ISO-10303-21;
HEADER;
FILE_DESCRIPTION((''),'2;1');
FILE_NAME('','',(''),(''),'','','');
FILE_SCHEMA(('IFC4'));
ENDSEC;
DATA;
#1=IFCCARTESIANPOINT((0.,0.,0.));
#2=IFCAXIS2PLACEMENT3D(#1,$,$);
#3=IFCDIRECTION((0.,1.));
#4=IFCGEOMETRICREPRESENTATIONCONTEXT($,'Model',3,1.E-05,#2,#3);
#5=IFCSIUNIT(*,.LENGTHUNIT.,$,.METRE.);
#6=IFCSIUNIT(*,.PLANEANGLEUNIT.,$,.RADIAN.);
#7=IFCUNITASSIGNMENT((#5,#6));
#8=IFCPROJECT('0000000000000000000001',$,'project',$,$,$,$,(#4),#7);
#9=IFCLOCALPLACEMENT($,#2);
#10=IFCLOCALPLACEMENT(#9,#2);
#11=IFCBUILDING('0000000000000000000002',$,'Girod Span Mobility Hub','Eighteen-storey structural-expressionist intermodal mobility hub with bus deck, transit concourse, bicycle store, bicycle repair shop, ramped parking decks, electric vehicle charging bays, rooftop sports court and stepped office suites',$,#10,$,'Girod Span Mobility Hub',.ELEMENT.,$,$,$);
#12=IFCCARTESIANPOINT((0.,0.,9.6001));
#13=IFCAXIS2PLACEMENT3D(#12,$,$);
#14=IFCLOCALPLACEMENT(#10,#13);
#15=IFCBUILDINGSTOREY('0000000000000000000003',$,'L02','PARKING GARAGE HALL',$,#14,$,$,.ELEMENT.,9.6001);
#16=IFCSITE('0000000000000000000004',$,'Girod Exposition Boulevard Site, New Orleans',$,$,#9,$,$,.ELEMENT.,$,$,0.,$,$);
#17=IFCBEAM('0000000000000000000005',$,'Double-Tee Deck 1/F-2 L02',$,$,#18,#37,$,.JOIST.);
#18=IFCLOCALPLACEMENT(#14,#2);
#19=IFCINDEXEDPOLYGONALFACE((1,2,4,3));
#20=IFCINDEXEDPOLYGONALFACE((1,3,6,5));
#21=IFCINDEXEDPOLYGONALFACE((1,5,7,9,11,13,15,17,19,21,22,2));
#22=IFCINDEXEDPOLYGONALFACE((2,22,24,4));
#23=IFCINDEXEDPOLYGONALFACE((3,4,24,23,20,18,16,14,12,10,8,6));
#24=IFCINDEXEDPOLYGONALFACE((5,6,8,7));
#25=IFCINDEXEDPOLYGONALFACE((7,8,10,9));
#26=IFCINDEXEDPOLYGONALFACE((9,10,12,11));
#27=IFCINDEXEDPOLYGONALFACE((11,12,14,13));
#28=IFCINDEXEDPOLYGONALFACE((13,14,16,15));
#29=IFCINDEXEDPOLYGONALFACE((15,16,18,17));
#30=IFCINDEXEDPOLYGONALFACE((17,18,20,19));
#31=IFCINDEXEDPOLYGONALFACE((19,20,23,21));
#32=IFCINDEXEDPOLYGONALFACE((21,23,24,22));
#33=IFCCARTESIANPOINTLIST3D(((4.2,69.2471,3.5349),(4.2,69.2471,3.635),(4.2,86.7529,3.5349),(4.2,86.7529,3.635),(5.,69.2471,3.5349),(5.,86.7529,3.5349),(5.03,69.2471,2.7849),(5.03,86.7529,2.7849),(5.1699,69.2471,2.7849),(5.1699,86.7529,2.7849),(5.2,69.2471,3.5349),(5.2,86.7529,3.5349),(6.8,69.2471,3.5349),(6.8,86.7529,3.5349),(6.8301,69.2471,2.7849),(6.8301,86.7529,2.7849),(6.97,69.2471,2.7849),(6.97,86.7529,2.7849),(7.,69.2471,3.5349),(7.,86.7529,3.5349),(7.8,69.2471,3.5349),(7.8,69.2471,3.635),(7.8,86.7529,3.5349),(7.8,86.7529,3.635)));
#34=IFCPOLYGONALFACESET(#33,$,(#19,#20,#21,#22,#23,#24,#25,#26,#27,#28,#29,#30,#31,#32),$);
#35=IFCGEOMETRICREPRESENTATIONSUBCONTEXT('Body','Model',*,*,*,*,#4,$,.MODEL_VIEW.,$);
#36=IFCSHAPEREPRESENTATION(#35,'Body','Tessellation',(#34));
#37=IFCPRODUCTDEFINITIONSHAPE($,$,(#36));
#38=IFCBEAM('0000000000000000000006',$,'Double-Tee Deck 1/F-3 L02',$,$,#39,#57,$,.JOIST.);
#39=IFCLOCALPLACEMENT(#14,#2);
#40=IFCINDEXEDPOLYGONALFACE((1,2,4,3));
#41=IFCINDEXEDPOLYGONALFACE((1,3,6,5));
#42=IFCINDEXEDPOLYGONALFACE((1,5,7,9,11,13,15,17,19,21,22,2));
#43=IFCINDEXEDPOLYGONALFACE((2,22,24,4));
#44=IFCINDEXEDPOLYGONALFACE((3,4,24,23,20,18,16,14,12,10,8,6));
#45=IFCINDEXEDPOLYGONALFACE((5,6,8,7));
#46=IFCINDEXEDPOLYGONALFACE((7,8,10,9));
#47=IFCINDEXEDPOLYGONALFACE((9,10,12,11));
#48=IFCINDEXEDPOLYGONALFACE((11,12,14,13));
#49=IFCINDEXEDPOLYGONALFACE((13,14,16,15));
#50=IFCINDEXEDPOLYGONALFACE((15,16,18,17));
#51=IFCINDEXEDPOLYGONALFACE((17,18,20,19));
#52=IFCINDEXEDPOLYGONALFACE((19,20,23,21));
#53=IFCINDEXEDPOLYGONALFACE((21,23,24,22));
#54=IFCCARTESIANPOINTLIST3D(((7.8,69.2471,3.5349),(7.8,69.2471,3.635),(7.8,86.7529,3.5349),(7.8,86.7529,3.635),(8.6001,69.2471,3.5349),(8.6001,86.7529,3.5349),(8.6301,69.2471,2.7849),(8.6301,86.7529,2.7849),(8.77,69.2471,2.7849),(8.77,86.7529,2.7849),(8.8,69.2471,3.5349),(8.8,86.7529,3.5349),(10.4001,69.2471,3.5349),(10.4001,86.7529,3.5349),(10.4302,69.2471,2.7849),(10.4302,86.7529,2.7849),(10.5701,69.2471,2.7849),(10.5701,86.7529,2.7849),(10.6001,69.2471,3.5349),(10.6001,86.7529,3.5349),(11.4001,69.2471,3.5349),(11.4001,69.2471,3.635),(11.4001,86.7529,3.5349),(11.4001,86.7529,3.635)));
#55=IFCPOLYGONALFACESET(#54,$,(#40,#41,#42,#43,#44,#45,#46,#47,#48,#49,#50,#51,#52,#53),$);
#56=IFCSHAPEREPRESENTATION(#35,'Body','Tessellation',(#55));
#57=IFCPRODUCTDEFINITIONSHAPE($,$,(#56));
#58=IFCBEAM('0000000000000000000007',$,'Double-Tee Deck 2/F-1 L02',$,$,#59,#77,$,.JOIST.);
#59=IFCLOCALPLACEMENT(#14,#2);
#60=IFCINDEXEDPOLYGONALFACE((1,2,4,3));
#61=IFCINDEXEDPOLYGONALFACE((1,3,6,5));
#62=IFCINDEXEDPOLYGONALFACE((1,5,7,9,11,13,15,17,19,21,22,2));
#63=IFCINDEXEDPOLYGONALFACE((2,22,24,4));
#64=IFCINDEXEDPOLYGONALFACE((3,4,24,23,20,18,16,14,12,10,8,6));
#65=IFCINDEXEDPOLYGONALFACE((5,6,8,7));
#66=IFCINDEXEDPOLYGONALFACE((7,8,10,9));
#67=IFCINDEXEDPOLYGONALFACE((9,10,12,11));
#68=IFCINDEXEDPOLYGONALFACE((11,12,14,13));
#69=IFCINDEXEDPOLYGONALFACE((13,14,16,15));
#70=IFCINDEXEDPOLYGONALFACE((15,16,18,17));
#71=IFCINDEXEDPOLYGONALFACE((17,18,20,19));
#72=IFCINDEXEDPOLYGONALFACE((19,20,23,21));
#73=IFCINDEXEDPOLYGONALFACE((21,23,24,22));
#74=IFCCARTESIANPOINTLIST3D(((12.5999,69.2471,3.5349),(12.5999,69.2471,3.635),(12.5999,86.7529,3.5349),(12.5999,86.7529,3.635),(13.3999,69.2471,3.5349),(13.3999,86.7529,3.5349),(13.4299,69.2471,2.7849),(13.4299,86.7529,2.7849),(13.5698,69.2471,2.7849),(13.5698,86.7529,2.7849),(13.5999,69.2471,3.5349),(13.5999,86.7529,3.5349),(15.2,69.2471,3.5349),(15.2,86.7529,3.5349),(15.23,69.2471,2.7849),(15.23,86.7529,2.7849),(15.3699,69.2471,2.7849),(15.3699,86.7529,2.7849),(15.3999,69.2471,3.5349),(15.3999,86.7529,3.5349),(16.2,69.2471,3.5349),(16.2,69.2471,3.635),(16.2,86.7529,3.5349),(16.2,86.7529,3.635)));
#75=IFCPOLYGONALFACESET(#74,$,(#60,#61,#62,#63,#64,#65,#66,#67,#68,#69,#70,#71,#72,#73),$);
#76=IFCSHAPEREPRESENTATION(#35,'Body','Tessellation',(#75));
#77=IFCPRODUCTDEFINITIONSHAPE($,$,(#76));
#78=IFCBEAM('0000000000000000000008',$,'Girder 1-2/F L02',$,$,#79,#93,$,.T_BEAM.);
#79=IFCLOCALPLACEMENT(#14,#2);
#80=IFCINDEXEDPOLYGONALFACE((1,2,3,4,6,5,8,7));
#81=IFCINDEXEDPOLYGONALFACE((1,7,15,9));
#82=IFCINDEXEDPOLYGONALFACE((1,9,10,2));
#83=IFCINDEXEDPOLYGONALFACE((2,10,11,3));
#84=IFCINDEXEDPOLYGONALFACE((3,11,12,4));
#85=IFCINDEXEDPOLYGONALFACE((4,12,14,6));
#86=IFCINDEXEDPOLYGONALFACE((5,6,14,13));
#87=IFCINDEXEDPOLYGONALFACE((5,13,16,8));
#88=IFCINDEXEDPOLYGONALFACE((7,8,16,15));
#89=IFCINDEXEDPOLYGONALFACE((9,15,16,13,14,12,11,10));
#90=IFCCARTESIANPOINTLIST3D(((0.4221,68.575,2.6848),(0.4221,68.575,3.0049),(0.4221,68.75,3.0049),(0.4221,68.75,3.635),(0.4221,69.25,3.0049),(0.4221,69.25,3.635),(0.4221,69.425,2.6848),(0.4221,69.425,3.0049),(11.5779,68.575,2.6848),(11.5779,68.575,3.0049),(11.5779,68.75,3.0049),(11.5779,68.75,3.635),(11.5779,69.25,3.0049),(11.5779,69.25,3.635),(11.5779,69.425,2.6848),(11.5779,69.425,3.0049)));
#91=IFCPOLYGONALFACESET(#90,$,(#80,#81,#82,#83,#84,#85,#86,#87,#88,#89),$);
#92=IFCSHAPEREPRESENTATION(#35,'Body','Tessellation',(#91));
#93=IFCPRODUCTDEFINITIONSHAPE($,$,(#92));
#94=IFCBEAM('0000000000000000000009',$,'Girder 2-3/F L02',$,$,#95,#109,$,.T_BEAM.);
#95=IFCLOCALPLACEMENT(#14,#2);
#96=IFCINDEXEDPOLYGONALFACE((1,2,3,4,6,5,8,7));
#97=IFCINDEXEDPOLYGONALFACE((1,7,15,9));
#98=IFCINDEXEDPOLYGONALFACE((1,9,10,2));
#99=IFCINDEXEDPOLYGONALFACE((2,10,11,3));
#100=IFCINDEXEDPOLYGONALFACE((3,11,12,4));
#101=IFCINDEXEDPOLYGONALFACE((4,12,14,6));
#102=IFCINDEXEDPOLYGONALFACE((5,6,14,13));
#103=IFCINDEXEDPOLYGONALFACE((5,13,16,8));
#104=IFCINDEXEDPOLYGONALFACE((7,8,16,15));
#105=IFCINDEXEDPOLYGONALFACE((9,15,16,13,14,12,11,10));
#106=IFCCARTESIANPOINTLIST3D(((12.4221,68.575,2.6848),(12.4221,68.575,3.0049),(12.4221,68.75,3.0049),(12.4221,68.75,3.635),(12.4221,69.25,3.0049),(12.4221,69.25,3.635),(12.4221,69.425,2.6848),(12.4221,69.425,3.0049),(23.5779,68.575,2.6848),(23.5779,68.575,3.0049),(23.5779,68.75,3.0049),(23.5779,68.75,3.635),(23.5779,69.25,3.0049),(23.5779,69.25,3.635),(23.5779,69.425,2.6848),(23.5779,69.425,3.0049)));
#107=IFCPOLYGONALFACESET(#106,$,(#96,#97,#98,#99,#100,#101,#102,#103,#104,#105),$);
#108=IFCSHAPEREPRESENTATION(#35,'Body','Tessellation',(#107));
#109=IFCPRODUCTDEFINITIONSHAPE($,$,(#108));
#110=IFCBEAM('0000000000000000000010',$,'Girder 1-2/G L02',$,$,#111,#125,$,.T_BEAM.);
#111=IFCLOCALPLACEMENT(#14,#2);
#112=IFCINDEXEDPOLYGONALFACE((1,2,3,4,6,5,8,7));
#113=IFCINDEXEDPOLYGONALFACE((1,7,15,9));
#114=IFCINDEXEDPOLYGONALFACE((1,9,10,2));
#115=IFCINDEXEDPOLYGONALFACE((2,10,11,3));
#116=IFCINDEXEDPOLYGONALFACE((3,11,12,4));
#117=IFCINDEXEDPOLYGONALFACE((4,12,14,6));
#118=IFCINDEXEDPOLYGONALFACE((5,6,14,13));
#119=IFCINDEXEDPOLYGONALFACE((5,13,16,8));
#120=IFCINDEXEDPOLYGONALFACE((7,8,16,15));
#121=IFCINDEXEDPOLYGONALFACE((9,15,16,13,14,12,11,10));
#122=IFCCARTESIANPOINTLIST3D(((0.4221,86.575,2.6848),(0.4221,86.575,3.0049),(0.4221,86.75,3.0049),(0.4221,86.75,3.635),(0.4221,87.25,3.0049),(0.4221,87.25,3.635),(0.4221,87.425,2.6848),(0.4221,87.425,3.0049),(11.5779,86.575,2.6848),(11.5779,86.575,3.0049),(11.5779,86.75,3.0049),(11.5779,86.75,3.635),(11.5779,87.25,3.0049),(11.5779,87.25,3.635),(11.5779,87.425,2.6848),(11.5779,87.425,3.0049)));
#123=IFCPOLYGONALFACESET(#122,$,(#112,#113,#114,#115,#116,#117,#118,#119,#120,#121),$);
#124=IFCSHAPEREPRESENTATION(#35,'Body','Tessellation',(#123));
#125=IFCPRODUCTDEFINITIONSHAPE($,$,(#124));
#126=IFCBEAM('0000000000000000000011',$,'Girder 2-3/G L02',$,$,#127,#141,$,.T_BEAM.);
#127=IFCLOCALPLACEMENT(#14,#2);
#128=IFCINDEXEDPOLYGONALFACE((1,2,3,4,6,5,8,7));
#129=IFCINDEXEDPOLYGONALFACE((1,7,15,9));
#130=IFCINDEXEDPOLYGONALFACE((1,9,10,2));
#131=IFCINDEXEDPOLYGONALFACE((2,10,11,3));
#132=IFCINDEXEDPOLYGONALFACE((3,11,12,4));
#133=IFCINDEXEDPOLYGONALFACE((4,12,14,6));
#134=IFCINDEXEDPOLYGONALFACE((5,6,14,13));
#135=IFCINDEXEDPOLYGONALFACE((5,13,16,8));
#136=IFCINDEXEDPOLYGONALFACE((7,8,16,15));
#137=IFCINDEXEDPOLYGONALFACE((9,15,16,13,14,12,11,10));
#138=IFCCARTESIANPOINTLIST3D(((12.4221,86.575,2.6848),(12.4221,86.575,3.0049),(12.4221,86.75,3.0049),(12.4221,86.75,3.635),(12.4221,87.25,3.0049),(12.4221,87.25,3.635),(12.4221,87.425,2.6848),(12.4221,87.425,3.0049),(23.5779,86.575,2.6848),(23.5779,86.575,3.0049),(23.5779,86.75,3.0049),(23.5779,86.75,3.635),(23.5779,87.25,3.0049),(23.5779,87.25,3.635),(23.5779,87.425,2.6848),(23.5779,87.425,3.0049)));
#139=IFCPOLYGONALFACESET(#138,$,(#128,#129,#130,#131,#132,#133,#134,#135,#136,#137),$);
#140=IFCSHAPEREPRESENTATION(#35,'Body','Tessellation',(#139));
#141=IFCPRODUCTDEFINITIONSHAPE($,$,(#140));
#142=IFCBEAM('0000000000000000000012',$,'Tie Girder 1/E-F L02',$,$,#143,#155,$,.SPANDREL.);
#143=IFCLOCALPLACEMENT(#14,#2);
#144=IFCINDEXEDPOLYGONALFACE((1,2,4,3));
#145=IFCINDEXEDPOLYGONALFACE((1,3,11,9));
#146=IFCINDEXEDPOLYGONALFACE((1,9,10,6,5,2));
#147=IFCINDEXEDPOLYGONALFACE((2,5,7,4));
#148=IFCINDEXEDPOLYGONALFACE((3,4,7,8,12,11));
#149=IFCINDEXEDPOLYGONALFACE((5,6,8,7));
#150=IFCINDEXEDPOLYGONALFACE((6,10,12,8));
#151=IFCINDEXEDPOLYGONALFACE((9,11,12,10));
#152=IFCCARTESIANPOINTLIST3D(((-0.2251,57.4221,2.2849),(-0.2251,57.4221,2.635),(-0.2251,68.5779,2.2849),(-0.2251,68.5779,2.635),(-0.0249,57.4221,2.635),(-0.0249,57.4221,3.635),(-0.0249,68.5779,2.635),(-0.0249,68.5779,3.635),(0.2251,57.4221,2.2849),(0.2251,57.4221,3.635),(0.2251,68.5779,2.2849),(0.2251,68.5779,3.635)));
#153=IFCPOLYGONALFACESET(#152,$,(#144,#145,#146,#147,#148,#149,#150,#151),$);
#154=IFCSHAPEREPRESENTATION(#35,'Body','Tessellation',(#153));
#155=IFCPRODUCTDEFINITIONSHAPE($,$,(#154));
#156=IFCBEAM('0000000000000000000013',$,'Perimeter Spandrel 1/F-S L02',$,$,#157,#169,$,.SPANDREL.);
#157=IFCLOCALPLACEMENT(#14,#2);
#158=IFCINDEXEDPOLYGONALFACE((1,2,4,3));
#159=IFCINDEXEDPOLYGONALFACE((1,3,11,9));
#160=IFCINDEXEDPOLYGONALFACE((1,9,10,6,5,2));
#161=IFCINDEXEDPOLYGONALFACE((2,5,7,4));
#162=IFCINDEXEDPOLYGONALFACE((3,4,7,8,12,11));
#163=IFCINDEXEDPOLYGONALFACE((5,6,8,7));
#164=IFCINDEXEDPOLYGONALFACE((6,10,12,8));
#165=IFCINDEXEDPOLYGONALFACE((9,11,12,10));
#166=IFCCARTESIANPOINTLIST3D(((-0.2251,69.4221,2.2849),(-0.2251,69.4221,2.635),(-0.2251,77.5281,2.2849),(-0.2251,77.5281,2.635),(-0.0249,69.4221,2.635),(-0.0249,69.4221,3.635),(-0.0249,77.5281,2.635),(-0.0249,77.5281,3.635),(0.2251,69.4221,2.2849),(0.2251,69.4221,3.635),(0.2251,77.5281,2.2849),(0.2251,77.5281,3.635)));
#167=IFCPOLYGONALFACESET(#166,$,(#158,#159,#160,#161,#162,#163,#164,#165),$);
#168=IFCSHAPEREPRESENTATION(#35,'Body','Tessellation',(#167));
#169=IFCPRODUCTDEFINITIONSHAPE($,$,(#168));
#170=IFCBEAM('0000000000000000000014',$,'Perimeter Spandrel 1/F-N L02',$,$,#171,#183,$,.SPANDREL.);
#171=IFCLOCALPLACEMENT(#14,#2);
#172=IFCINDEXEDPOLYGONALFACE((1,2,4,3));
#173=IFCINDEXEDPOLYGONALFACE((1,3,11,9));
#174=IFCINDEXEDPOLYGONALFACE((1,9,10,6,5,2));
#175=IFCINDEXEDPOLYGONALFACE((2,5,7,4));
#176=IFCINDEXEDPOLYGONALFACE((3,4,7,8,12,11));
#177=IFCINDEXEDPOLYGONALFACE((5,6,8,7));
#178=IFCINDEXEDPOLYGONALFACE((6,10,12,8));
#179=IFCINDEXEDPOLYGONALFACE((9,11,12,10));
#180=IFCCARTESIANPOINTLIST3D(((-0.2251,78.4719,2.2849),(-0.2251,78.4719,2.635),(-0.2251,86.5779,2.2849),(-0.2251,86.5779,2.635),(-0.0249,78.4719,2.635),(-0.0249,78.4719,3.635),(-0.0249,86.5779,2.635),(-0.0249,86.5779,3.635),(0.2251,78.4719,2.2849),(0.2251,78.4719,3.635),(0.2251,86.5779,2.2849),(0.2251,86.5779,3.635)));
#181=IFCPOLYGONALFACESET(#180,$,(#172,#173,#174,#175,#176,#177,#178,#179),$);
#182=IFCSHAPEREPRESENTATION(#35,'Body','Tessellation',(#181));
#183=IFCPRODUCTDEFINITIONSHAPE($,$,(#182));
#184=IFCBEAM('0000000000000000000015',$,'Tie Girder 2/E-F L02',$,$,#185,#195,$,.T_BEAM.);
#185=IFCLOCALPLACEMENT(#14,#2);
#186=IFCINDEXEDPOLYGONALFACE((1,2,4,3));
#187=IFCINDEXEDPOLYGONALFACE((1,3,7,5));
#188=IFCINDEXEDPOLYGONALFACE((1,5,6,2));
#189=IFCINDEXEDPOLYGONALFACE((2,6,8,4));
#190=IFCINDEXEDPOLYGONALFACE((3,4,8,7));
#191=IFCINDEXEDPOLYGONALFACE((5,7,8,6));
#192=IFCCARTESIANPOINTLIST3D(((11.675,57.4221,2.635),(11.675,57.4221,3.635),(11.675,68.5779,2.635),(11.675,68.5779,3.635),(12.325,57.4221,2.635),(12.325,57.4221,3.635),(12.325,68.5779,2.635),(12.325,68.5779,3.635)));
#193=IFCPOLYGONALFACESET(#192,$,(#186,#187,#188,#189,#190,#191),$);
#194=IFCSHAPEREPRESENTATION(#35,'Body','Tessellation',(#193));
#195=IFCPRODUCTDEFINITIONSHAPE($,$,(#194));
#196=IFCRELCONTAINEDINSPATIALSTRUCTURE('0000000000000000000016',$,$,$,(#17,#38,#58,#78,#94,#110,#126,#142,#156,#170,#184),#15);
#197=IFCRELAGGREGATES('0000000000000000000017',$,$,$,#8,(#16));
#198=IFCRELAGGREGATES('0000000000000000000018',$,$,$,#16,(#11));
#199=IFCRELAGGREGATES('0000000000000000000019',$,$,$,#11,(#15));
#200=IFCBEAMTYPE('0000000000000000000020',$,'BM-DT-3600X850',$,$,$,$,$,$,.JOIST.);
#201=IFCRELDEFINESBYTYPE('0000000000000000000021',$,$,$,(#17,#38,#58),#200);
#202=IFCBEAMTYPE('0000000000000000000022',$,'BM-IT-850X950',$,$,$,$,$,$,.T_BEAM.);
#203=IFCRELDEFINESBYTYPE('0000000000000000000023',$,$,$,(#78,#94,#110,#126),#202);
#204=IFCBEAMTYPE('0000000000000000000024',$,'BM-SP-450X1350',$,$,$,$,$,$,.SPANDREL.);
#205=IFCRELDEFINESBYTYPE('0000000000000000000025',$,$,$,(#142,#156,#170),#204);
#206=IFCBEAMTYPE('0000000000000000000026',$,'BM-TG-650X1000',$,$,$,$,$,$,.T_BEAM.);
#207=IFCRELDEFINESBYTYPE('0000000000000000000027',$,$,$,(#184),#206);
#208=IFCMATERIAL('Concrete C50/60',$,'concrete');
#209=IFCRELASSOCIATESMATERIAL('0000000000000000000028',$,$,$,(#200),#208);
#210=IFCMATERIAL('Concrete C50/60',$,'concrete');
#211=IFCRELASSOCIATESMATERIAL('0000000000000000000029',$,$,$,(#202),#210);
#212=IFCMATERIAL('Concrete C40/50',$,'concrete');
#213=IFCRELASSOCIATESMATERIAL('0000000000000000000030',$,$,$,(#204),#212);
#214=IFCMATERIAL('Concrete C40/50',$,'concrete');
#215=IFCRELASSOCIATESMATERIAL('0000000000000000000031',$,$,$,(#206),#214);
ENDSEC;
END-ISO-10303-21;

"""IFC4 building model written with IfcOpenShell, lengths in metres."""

from ifc_helpers import new_model, si_unit, direction, frame, origin, origin_2d, place, context, subcontext, project, spatial, polyline, rectangle, outline, extrude, material, material_profile, profile_set, type_object, element, save


model = new_model("IFC4")

# Units and contexts
model_context = context("Model", 3, precision=1e-05, world=origin(), true_north=direction((0.0, 1.0)))
body_context = subcontext(model_context, "Body", "Model", "MODEL_VIEW")
ifc_project = project(units=[si_unit("LENGTHUNIT", "METRE"), si_unit("PLANEANGLEUNIT", "RADIAN")], contexts=[model_context])

# Site, building, storey
site_placement = place(None, origin())
site = spatial("IfcSite", under=ifc_project, at=site_placement, Name="Girod Exposition Boulevard Site, New Orleans", CompositionType="ELEMENT", RefElevation=0.0)
building_placement = place(site_placement, origin())
building = spatial("IfcBuilding", under=site, at=building_placement, Name="Girod Span Mobility Hub", Description="Eighteen-storey structural-expressionist intermodal mobility hub with bus deck, transit concourse, bicycle store, bicycle repair shop, ramped parking decks, electric vehicle charging bays, rooftop sports court and stepped office suites", LongName="Girod Span Mobility Hub", CompositionType="ELEMENT")
storey_placement = place(building_placement, frame((0.0, 0.0, 9.6001)))
storey = spatial("IfcBuildingStorey", under=building, at=storey_placement, Name="L02", Description="PARKING GARAGE HALL", CompositionType="ELEMENT", Elevation=9.6001)

# Beams
ifc_material_1 = material(Name="Concrete C50/60", Category="concrete")
ifc_material_profile_1 = material_profile(ifc_material_1, outline(polyline([(-1.8, 0.425), (-1.8, 0.325), (-1.0, 0.325), (-0.97, -0.425), (-0.8301, -0.425), (-0.8, 0.325), (0.8, 0.325), (0.8301, -0.425), (0.97, -0.425), (1.0, 0.325), (1.8, 0.325), (1.8, 0.425), (-1.8, 0.425)])), Name="DT-3600X850")
ifc_profile_set_1 = profile_set([ifc_material_profile_1], Name="Concrete C50/60")
beam_type_1 = type_object("IfcBeamType", Name="BM-DT-3600X850", PredefinedType="JOIST", material=ifc_profile_set_1)
for number, where, z_axis, x_axis, name in (
    (1, (6.0, 69.2471, 3.21), (0.0, 1.0, 0.0), (-1.0, 0.0, 0.0), "Double-Tee Deck 1/F-2 L02"),
    (2, (9.6001, 69.2471, 3.21), (0.0, 1.0, 0.0), (-1.0, 0.0, 0.0), "Double-Tee Deck 1/F-3 L02"),
    (3, (14.3999, 69.2471, 3.21), (0.0, 1.0, 0.0), (-1.0, 0.0, 0.0), "Double-Tee Deck 2/F-1 L02"),
):
    element("IfcBeam", number, at=place(storey_placement, frame(where, z_axis=z_axis, x_axis=x_axis)), inside=storey, type_object=beam_type_1, Name=name, PredefinedType="JOIST", context=body_context, shape_type="SweptSolid", body=[
        extrude(outline(polyline([(-1.8, 0.425), (-1.8, 0.325), (-1.0, 0.325), (-0.97, -0.425), (-0.8301, -0.425), (-0.8, 0.325), (0.8, 0.325), (0.8301, -0.425), (0.97, -0.425), (1.0, 0.325), (1.8, 0.325), (1.8, 0.425), (-1.8, 0.425)])), origin(), (0.0, 0.0, 1.0), 17.5059),
    ])
ifc_material_2 = material(Name="Concrete C50/60", Category="concrete")
ifc_material_profile_2 = material_profile(ifc_material_2, outline(polyline([(-0.425, -0.4751), (0.425, -0.4751), (0.425, -0.155), (0.25, -0.155), (0.25, 0.4751), (-0.25, 0.4751), (-0.25, -0.155), (-0.425, -0.155), (-0.425, -0.4751)])), Name="IT-850X950")
ifc_profile_set_2 = profile_set([ifc_material_profile_2], Name="Concrete C50/60")
beam_type_2 = type_object("IfcBeamType", Name="BM-IT-850X950", PredefinedType="T_BEAM", material=ifc_profile_set_2)
for number, where, z_axis, x_axis, name in (
    (4, (0.4221, 69.0, 3.1599), (1.0, 0.0, 0.0), (0.0, 1.0, 0.0), "Girder 1-2/F L02"),
    (5, (12.4221, 69.0, 3.1599), (1.0, 0.0, 0.0), (0.0, 1.0, 0.0), "Girder 2-3/F L02"),
    (6, (0.4221, 87.0, 3.1599), (1.0, 0.0, 0.0), (0.0, 1.0, 0.0), "Girder 1-2/G L02"),
    (7, (12.4221, 87.0, 3.1599), (1.0, 0.0, 0.0), (0.0, 1.0, 0.0), "Girder 2-3/G L02"),
):
    element("IfcBeam", number, at=place(storey_placement, frame(where, z_axis=z_axis, x_axis=x_axis)), inside=storey, type_object=beam_type_2, Name=name, PredefinedType="T_BEAM", context=body_context, shape_type="SweptSolid", body=[
        extrude(outline(polyline([(-0.425, -0.4751), (0.425, -0.4751), (0.425, -0.155), (0.25, -0.155), (0.25, 0.4751), (-0.25, 0.4751), (-0.25, -0.155), (-0.425, -0.155), (-0.425, -0.4751)])), origin(), (0.0, 0.0, 1.0), 11.1558),
    ])
ifc_material_3 = material(Name="Concrete C40/50", Category="concrete")
ifc_material_profile_3 = material_profile(ifc_material_3, outline(polyline([(-0.2251, -0.675), (0.2251, -0.675), (0.2251, -0.325), (0.0249, -0.325), (0.0249, 0.675), (-0.2251, 0.675), (-0.2251, -0.675)])), Name="SP-450X1350")
ifc_profile_set_3 = profile_set([ifc_material_profile_3], Name="Concrete C40/50")
beam_type_3 = type_object("IfcBeamType", Name="BM-SP-450X1350", PredefinedType="SPANDREL", material=ifc_profile_set_3)
beam_1_placement = place(storey_placement, frame((0.0, 57.4221, 2.96), z_axis=(0.0, 1.0, 0.0), x_axis=(-1.0, 0.0, 0.0)))
element("IfcBeam", 8, at=beam_1_placement, inside=storey, type_object=beam_type_3, Name="Tie Girder 1/E-F L02", PredefinedType="SPANDREL", context=body_context, shape_type="SweptSolid", body=[
    extrude(outline(polyline([(-0.2251, -0.675), (0.2251, -0.675), (0.2251, -0.325), (0.0249, -0.325), (0.0249, 0.675), (-0.2251, 0.675), (-0.2251, -0.675)])), origin(), (0.0, 0.0, 1.0), 11.1558),
])
for number, where, z_axis, x_axis, name in (
    (9, (0.0, 69.4221, 2.96), (0.0, 1.0, 0.0), (-1.0, 0.0, 0.0), "Perimeter Spandrel 1/F-S L02"),
    (10, (0.0, 78.4719, 2.96), (0.0, 1.0, 0.0), (-1.0, 0.0, 0.0), "Perimeter Spandrel 1/F-N L02"),
):
    element("IfcBeam", number, at=place(storey_placement, frame(where, z_axis=z_axis, x_axis=x_axis)), inside=storey, type_object=beam_type_3, Name=name, PredefinedType="SPANDREL", context=body_context, shape_type="SweptSolid", body=[
        extrude(outline(polyline([(-0.2251, -0.675), (0.2251, -0.675), (0.2251, -0.325), (0.0249, -0.325), (0.0249, 0.675), (-0.2251, 0.675), (-0.2251, -0.675)])), origin(), (0.0, 0.0, 1.0), 8.106),
    ])
ifc_material_4 = material(Name="Concrete C40/50", Category="concrete")
ifc_material_profile_4 = material_profile(ifc_material_4, rectangle(XDim=0.6499, YDim=1.0, at=origin_2d()), Name="TG-650X1000")
ifc_profile_set_4 = profile_set([ifc_material_profile_4], Name="Concrete C40/50")
beam_type_4 = type_object("IfcBeamType", Name="BM-TG-650X1000", PredefinedType="T_BEAM", material=ifc_profile_set_4)
beam_2_placement = place(storey_placement, frame((12.0, 57.4221, 3.135), z_axis=(0.0, 1.0, 0.0), x_axis=(-1.0, 0.0, 0.0)))
element("IfcBeam", 11, at=beam_2_placement, inside=storey, type_object=beam_type_4, Name="Tie Girder 2/E-F L02", PredefinedType="T_BEAM", context=body_context, shape_type="SweptSolid", body=[
    extrude(rectangle(XDim=0.6499, YDim=1.0, at=origin_2d()), origin(), (0.0, 0.0, 1.0), 11.1558),
])

save(model, "model.ifc")
